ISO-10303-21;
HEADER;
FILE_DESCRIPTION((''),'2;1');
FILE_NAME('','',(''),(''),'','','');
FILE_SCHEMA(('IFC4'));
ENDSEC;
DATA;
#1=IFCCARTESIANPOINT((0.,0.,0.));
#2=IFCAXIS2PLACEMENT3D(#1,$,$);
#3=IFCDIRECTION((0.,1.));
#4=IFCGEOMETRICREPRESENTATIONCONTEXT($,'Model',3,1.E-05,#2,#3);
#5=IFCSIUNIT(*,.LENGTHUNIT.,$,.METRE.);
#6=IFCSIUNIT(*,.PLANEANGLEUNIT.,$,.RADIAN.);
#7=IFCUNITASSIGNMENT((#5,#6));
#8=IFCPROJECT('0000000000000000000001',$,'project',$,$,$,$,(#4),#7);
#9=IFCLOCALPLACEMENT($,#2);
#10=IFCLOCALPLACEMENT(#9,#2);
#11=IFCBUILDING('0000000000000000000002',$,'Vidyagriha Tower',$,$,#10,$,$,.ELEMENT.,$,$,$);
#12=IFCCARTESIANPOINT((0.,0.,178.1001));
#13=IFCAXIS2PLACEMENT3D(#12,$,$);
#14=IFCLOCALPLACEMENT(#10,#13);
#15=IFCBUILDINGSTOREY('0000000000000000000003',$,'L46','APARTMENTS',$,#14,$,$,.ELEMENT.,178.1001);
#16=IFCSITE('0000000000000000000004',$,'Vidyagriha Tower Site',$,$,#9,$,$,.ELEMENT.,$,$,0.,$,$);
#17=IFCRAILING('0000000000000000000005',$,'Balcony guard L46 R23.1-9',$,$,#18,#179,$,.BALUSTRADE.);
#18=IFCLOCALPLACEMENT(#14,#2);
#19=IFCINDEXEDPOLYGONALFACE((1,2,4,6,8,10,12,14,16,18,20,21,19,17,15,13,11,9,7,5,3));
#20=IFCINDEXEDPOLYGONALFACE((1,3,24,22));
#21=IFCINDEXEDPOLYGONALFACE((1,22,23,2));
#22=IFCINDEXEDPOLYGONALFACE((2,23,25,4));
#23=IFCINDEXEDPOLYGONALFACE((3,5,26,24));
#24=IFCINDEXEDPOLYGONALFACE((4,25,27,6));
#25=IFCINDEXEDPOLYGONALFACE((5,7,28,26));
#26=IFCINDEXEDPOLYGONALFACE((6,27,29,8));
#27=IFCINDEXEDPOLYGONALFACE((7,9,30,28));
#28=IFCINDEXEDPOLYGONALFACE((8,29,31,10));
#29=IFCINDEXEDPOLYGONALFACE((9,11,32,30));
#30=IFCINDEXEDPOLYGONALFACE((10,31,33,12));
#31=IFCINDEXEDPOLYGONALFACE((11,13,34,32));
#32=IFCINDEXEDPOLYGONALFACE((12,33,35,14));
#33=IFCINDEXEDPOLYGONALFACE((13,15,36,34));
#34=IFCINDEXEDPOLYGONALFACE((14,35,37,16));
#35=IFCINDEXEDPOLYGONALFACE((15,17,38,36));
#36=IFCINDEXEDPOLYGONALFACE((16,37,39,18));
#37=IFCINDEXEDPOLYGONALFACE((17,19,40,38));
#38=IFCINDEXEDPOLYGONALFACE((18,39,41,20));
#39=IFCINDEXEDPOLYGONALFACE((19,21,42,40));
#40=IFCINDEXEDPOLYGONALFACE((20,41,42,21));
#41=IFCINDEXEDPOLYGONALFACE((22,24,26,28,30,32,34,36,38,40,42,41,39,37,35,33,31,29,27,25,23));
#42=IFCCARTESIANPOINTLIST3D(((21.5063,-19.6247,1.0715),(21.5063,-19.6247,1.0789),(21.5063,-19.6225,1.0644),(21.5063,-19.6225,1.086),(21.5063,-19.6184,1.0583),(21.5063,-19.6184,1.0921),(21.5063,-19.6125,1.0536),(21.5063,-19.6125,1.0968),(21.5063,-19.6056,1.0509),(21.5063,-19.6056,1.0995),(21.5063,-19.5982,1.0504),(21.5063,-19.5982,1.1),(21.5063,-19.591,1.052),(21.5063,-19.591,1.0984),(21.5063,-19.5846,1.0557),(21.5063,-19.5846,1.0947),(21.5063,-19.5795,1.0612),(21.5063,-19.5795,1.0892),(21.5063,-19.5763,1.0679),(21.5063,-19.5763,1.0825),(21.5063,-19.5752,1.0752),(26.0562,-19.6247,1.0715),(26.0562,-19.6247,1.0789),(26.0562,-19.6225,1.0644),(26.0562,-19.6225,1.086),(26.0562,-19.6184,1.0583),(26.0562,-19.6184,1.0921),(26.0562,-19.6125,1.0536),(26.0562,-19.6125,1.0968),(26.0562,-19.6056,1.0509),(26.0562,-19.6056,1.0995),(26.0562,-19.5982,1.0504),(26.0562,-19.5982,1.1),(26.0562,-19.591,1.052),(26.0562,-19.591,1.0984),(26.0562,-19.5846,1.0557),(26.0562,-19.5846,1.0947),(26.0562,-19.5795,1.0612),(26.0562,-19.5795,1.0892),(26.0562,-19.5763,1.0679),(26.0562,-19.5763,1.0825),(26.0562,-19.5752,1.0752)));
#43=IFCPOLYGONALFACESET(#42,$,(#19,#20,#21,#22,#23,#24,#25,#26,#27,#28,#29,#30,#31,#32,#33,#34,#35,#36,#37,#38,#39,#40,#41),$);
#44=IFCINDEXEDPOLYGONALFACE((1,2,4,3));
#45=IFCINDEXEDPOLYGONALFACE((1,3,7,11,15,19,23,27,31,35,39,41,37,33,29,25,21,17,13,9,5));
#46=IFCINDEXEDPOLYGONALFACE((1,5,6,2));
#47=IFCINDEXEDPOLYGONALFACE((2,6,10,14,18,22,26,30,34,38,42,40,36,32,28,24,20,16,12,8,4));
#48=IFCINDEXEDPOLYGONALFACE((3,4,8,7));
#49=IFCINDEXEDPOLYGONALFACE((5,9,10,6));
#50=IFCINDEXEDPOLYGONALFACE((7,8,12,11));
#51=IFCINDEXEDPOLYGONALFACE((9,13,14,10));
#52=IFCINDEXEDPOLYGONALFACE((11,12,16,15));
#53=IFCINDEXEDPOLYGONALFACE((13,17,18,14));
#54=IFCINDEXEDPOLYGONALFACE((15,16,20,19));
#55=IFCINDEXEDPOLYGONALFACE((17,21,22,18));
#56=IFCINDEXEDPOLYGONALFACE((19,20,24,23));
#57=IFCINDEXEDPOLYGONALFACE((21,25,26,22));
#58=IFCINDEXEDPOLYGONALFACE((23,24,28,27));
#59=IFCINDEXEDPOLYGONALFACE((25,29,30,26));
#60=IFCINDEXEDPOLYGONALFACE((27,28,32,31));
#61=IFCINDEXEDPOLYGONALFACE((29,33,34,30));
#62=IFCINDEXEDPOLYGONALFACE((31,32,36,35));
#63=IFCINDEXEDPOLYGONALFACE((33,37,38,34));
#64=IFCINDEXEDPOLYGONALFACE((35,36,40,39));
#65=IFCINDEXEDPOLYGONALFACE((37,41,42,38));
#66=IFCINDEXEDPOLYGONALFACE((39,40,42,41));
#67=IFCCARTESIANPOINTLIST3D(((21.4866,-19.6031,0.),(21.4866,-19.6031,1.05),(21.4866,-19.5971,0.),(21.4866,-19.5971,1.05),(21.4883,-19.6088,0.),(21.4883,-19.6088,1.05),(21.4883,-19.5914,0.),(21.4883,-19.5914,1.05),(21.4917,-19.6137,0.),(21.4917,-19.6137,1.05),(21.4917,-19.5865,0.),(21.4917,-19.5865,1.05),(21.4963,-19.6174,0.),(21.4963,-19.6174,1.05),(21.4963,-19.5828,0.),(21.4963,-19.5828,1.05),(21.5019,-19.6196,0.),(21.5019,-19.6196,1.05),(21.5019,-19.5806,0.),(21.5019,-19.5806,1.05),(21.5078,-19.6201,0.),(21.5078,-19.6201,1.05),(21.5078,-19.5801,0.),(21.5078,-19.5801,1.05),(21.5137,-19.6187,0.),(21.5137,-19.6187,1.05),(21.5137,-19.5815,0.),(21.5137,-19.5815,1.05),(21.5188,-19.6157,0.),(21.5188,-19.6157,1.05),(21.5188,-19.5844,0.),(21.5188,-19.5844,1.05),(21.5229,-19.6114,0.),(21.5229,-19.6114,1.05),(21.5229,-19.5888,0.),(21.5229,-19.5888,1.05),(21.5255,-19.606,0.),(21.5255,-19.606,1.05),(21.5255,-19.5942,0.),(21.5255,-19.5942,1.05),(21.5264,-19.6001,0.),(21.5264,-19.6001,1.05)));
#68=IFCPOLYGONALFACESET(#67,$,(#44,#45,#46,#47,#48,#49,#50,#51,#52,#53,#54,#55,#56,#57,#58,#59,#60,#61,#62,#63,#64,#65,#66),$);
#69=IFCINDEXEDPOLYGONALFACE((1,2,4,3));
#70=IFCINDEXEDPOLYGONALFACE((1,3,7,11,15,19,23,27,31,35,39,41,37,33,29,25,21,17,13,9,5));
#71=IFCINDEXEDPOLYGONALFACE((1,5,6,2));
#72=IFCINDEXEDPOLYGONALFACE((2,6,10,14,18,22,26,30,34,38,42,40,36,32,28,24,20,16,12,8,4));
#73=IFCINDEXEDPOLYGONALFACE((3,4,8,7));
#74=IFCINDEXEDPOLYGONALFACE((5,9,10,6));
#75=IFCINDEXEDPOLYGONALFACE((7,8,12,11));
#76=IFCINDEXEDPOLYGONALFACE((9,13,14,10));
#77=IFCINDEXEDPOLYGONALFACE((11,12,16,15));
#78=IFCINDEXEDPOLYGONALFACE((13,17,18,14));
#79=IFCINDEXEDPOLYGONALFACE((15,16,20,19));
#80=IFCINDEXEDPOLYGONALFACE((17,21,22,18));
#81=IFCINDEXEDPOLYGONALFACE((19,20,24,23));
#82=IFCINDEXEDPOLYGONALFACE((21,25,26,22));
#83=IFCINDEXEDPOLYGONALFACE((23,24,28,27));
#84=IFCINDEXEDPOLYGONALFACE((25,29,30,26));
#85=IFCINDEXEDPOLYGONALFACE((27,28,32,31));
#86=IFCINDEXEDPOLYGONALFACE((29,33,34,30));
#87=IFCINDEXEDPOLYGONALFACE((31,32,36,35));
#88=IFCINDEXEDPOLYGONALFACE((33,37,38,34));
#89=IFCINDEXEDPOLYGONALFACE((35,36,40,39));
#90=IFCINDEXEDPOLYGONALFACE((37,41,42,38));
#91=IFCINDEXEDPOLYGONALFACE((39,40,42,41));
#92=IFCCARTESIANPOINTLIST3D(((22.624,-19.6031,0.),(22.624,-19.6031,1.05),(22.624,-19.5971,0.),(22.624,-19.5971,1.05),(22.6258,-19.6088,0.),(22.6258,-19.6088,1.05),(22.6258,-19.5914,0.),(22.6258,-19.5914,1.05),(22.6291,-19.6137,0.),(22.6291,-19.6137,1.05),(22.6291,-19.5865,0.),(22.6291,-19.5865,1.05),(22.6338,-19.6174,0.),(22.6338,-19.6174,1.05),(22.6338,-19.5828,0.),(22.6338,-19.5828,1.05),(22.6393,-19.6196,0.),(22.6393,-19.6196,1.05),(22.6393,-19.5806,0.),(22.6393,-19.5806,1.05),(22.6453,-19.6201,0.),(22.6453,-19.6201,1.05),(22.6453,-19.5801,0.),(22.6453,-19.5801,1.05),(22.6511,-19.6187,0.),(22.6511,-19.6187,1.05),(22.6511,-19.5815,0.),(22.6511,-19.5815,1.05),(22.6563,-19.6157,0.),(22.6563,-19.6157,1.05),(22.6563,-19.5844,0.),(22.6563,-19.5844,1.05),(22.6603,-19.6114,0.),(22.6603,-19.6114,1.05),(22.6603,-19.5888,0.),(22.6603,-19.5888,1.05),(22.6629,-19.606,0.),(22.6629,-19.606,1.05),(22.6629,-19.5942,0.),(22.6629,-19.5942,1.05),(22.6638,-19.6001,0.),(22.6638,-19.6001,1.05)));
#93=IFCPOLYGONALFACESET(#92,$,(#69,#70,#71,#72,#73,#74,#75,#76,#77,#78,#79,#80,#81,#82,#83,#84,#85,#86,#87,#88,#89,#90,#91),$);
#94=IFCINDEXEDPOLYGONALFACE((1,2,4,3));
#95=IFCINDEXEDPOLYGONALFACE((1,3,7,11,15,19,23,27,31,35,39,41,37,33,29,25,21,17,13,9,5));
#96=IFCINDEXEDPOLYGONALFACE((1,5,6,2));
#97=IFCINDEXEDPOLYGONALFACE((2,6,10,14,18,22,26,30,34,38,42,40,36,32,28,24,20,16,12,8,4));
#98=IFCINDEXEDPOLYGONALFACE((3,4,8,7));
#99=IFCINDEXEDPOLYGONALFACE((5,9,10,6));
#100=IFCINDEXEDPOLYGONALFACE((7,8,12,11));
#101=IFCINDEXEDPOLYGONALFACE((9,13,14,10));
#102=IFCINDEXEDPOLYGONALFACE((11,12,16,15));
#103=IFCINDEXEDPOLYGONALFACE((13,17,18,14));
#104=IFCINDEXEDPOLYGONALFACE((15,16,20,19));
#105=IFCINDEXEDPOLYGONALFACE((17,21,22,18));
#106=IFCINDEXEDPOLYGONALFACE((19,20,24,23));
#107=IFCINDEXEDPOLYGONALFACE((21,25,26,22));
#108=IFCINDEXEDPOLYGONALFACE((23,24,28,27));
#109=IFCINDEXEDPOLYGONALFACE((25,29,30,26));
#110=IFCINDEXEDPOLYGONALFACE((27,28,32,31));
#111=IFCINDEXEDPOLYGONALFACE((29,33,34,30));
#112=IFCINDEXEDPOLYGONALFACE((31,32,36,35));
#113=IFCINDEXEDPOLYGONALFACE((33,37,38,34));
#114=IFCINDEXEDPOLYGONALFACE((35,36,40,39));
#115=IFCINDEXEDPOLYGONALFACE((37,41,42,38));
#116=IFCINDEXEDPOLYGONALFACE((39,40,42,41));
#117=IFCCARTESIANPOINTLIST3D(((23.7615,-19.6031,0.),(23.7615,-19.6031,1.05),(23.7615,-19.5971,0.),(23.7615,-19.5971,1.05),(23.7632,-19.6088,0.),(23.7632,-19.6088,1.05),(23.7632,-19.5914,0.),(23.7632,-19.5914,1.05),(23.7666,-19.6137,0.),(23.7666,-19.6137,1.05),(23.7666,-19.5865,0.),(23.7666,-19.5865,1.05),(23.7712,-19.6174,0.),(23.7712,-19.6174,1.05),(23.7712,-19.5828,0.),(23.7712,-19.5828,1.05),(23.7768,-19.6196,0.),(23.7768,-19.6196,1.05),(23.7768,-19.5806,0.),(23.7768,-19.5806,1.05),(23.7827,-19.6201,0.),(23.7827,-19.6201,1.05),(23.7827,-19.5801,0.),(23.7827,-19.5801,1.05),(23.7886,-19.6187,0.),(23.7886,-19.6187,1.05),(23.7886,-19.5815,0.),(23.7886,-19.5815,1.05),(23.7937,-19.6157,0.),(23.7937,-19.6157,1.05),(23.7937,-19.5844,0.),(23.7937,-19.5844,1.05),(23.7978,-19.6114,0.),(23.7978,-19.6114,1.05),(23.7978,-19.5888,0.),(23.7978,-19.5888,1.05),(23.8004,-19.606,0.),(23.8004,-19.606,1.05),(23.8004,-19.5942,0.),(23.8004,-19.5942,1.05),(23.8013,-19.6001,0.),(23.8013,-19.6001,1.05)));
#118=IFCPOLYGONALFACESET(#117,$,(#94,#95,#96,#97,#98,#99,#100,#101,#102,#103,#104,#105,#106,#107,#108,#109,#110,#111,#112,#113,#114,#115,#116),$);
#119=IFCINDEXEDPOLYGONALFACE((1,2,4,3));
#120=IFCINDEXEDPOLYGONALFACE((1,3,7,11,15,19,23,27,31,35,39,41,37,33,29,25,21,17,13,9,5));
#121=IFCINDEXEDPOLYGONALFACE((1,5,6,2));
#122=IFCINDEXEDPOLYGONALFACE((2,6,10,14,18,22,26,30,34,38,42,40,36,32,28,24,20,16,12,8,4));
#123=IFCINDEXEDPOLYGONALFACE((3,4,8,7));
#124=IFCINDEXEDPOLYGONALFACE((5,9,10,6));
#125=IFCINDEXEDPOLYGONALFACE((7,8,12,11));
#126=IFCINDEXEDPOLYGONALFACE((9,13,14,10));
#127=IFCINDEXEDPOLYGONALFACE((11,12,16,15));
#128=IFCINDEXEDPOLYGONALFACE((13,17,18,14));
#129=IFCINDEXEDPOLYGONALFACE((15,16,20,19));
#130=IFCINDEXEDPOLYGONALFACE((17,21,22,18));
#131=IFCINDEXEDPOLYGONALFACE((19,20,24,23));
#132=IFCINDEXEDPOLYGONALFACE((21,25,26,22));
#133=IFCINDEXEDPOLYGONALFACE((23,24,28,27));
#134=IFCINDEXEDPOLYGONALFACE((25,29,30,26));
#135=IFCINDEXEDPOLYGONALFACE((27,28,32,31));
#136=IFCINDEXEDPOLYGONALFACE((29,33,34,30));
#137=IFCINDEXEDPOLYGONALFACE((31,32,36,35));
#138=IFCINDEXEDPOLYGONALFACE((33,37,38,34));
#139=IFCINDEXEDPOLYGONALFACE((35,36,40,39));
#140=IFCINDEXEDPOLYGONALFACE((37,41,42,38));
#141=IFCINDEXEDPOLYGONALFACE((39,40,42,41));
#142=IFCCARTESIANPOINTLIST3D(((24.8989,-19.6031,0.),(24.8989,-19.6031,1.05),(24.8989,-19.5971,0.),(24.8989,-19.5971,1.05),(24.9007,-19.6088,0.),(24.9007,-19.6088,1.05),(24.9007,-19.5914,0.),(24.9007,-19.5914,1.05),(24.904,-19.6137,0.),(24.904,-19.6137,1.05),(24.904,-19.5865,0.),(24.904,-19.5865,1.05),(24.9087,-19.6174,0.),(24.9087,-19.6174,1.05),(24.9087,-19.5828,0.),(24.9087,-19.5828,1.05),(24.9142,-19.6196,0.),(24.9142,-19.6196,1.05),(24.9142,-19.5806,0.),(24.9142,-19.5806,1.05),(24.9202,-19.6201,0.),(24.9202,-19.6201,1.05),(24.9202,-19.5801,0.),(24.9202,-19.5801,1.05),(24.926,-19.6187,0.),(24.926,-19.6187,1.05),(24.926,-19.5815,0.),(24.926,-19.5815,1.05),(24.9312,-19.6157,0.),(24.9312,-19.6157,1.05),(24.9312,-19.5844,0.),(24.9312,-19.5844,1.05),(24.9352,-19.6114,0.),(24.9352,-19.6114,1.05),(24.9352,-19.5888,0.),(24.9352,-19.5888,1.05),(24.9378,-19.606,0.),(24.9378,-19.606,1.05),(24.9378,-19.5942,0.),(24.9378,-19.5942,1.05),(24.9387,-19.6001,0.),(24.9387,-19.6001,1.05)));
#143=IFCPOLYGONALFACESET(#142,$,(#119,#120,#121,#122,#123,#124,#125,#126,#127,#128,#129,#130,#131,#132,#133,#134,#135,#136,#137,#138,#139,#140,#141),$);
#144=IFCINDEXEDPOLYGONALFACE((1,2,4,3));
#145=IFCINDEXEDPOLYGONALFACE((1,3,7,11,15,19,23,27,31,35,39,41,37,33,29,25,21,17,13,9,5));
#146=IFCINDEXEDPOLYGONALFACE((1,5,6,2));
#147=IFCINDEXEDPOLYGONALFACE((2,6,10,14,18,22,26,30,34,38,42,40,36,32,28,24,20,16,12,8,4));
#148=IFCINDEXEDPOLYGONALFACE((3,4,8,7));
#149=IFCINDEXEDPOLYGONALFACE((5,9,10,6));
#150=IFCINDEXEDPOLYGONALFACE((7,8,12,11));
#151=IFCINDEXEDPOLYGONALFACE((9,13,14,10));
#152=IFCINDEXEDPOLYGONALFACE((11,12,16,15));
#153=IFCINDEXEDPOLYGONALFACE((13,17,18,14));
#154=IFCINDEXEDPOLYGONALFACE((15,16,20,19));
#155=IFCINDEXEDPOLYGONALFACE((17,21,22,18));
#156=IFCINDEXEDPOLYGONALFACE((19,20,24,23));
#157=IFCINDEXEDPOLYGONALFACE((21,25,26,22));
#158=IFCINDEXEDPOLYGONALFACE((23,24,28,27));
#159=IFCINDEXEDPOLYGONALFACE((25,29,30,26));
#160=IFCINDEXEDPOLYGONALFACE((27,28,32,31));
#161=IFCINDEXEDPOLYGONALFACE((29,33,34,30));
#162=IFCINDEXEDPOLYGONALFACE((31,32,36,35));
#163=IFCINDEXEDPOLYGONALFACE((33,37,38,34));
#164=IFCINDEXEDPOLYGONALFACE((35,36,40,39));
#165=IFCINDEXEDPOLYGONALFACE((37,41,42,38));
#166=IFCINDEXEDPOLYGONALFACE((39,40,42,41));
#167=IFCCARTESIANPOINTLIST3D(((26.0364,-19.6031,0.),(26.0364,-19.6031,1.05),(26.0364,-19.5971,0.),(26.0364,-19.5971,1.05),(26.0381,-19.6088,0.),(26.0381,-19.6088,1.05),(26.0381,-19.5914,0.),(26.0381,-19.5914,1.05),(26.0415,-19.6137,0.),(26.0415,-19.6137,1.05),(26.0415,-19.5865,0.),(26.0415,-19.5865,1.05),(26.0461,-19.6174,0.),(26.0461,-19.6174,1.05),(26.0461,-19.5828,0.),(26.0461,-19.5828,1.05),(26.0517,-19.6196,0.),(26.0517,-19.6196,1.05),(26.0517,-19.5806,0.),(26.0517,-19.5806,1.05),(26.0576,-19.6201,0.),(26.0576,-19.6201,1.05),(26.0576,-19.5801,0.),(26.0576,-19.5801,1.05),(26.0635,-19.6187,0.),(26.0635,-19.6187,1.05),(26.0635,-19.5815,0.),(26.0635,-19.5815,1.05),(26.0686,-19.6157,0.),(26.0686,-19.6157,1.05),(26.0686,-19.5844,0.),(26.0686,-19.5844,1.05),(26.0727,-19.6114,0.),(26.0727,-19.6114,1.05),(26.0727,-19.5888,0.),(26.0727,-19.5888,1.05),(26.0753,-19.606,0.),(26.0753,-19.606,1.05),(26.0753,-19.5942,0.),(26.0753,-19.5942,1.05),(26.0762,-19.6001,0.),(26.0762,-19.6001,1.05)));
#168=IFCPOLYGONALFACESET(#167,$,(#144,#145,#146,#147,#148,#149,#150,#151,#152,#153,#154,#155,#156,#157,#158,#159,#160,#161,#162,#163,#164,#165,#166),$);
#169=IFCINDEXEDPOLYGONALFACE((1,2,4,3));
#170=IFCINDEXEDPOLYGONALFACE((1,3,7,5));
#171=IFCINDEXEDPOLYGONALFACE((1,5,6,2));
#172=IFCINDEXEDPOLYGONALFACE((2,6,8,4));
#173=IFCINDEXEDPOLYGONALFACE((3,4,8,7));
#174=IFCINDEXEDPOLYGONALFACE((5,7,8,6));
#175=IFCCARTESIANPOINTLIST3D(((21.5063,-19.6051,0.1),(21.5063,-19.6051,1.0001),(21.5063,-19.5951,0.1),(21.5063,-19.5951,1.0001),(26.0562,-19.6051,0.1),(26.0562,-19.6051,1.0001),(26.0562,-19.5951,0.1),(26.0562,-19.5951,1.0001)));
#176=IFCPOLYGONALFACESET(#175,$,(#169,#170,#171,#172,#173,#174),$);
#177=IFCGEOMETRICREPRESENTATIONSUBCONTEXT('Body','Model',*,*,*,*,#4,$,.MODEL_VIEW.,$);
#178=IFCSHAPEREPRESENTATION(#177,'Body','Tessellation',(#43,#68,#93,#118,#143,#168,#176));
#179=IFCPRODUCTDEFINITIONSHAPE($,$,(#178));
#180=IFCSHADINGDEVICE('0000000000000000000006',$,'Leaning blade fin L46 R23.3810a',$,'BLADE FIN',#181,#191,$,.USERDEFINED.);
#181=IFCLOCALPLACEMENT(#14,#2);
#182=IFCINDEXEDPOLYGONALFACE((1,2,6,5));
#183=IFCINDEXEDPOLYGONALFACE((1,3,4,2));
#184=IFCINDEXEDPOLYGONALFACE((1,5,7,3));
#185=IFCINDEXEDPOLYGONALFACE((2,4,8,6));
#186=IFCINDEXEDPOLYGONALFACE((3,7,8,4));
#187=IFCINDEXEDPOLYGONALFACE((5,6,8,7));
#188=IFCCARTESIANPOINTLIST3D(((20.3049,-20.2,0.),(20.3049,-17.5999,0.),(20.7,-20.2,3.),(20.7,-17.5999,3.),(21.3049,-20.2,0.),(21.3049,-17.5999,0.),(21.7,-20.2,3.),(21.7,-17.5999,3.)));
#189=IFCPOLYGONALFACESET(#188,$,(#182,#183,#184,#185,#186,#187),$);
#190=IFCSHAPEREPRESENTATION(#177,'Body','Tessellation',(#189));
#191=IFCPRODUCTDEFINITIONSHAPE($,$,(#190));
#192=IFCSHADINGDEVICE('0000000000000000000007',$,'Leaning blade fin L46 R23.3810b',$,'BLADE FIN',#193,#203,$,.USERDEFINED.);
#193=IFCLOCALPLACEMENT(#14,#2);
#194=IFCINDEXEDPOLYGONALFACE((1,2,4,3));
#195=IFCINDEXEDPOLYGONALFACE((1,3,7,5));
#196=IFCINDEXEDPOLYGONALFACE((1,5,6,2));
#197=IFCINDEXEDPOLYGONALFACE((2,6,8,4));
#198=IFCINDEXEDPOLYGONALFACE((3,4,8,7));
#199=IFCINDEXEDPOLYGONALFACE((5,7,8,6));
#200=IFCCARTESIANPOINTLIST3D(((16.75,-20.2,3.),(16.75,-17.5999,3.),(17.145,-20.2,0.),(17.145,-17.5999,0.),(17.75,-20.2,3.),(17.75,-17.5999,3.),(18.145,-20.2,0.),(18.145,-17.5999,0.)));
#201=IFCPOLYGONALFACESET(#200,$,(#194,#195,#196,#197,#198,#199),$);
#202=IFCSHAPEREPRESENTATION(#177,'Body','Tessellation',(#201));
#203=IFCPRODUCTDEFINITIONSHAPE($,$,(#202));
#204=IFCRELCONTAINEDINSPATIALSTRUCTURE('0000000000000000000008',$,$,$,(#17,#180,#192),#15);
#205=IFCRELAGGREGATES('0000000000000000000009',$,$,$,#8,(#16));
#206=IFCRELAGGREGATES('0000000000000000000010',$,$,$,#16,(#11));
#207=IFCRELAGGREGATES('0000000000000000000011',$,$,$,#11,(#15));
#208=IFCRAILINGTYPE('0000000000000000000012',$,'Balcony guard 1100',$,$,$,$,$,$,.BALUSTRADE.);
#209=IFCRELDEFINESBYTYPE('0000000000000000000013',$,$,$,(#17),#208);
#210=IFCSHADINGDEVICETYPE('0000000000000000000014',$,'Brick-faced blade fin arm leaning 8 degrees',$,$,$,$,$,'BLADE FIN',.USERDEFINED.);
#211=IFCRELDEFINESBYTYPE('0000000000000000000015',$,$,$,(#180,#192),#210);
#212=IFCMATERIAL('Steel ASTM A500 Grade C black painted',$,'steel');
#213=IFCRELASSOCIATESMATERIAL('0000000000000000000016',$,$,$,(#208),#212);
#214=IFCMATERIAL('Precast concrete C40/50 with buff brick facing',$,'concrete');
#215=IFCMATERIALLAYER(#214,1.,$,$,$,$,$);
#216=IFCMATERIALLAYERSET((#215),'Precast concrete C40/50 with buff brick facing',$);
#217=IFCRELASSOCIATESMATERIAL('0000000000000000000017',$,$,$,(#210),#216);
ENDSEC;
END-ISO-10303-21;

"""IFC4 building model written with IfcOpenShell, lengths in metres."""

from ifc_helpers import new_model, si_unit, direction, frame, origin, origin_2d, place, context, subcontext, project, spatial, polyline, rectangle, circle, outline, extrude, material, layer, layer_set, type_object, element, save


model = new_model("IFC4")

# Units and contexts
model_context = context("Model", 3, precision=1e-05, world=origin(), true_north=direction((0.0, 1.0)))
body_context = subcontext(model_context, "Body", "Model", "MODEL_VIEW")
ifc_project = project(units=[si_unit("LENGTHUNIT", "METRE"), si_unit("PLANEANGLEUNIT", "RADIAN")], contexts=[model_context])

# Site, building, storey
site_placement = place(None, origin())
site = spatial("IfcSite", under=ifc_project, at=site_placement, Name="Vidyagriha Tower Site", CompositionType="ELEMENT", RefElevation=0.0)
building_placement = place(site_placement, origin())
building = spatial("IfcBuilding", under=site, at=building_placement, Name="Vidyagriha Tower", CompositionType="ELEMENT")
storey_placement = place(building_placement, frame((0.0, 0.0, 178.1001)))
storey = spatial("IfcBuildingStorey", under=building, at=storey_placement, Name="L46", Description="APARTMENTS", CompositionType="ELEMENT", Elevation=178.1001)

# Railing
ifc_material_1 = material(Name="Steel ASTM A500 Grade C black painted", Category="steel")
railing_type = type_object("IfcRailingType", Name="Balcony guard 1100", PredefinedType="BALUSTRADE", material=ifc_material_1)
railing_1_placement = place(storey_placement, frame((21.5063, -19.6001, 0.0)))
element("IfcRailing", 1, at=railing_1_placement, inside=storey, type_object=railing_type, Name="Balcony guard L46 R23.1-9", PredefinedType="BALUSTRADE", context=body_context, shape_type="SweptSolid", body=[
    extrude(circle(Radius=0.0249, at=origin_2d()), frame((0.0, 0.0, 1.0752), z_axis=(1.0, 0.0, 0.0), x_axis=(0.0, 1.0, 0.0)), (0.0, 0.0, 1.0), 4.5498),
    extrude(circle(Radius=0.02, at=origin_2d()), origin(), (0.0, 0.0, 1.0), 1.05),
    extrude(circle(Radius=0.02, at=origin_2d()), frame((1.1375, 0.0, 0.0)), (0.0, 0.0, 1.0), 1.05),
    extrude(circle(Radius=0.02, at=origin_2d()), frame((2.2749, 0.0, 0.0)), (0.0, 0.0, 1.0), 1.05),
    extrude(circle(Radius=0.02, at=origin_2d()), frame((3.4124, 0.0, 0.0)), (0.0, 0.0, 1.0), 1.05),
    extrude(circle(Radius=0.02, at=origin_2d()), frame((4.5498, 0.0, 0.0)), (0.0, 0.0, 1.0), 1.05),
    extrude(rectangle(XDim=0.01, YDim=0.9001, at=origin_2d()), frame((0.0, 0.0, 0.55), z_axis=(1.0, 0.0, 0.0), x_axis=(0.0, 1.0, 0.0)), (0.0, 0.0, 1.0), 4.5498),
])

# Shading devices
ifc_material_2 = material(Name="Precast concrete C40/50 with buff brick facing", Category="concrete")
ifc_layer_1 = layer(ifc_material_2, 1.0)
ifc_layer_set_1 = layer_set([ifc_layer_1], Name="Precast concrete C40/50 with buff brick facing")
shading_device_type_1 = type_object("IfcShadingDeviceType", Name="Brick-faced blade fin arm leaning 8 degrees", ElementType="BLADE FIN", PredefinedType="USERDEFINED", material=ifc_layer_set_1)
shading_device_1_placement = place(storey_placement, frame((20.3049, -18.8999, 0.0)))
element("IfcShadingDevice", 2, at=shading_device_1_placement, inside=storey, type_object=shading_device_type_1, Name="Leaning blade fin L46 R23.3810a", ObjectType="BLADE FIN", PredefinedType="USERDEFINED", context=body_context, shape_type="SweptSolid", body=[
    extrude(outline(polyline([(0.0, 0.0), (1.0, 0.0), (1.395, 3.0), (0.395, 3.0), (0.0, 0.0)])), frame((0.0, 1.3, 0.0), z_axis=(0.0, -1.0, 0.0), x_axis=(1.0, 0.0, 0.0)), (0.0, 0.0, 1.0), 2.6001),
])
shading_device_2_placement = place(storey_placement, frame((16.75, -18.8999, 0.0)))
element("IfcShadingDevice", 3, at=shading_device_2_placement, inside=storey, type_object=shading_device_type_1, Name="Leaning blade fin L46 R23.3810b", ObjectType="BLADE FIN", PredefinedType="USERDEFINED", context=body_context, shape_type="SweptSolid", body=[
    extrude(outline(polyline([(0.395, 0.0), (1.395, 0.0), (1.0, 3.0), (0.0, 3.0), (0.395, 0.0)])), frame((0.0, 1.3, 0.0), z_axis=(0.0, -1.0, 0.0), x_axis=(1.0, 0.0, 0.0)), (0.0, 0.0, 1.0), 2.6001),
])

save(model, "model.ifc")
